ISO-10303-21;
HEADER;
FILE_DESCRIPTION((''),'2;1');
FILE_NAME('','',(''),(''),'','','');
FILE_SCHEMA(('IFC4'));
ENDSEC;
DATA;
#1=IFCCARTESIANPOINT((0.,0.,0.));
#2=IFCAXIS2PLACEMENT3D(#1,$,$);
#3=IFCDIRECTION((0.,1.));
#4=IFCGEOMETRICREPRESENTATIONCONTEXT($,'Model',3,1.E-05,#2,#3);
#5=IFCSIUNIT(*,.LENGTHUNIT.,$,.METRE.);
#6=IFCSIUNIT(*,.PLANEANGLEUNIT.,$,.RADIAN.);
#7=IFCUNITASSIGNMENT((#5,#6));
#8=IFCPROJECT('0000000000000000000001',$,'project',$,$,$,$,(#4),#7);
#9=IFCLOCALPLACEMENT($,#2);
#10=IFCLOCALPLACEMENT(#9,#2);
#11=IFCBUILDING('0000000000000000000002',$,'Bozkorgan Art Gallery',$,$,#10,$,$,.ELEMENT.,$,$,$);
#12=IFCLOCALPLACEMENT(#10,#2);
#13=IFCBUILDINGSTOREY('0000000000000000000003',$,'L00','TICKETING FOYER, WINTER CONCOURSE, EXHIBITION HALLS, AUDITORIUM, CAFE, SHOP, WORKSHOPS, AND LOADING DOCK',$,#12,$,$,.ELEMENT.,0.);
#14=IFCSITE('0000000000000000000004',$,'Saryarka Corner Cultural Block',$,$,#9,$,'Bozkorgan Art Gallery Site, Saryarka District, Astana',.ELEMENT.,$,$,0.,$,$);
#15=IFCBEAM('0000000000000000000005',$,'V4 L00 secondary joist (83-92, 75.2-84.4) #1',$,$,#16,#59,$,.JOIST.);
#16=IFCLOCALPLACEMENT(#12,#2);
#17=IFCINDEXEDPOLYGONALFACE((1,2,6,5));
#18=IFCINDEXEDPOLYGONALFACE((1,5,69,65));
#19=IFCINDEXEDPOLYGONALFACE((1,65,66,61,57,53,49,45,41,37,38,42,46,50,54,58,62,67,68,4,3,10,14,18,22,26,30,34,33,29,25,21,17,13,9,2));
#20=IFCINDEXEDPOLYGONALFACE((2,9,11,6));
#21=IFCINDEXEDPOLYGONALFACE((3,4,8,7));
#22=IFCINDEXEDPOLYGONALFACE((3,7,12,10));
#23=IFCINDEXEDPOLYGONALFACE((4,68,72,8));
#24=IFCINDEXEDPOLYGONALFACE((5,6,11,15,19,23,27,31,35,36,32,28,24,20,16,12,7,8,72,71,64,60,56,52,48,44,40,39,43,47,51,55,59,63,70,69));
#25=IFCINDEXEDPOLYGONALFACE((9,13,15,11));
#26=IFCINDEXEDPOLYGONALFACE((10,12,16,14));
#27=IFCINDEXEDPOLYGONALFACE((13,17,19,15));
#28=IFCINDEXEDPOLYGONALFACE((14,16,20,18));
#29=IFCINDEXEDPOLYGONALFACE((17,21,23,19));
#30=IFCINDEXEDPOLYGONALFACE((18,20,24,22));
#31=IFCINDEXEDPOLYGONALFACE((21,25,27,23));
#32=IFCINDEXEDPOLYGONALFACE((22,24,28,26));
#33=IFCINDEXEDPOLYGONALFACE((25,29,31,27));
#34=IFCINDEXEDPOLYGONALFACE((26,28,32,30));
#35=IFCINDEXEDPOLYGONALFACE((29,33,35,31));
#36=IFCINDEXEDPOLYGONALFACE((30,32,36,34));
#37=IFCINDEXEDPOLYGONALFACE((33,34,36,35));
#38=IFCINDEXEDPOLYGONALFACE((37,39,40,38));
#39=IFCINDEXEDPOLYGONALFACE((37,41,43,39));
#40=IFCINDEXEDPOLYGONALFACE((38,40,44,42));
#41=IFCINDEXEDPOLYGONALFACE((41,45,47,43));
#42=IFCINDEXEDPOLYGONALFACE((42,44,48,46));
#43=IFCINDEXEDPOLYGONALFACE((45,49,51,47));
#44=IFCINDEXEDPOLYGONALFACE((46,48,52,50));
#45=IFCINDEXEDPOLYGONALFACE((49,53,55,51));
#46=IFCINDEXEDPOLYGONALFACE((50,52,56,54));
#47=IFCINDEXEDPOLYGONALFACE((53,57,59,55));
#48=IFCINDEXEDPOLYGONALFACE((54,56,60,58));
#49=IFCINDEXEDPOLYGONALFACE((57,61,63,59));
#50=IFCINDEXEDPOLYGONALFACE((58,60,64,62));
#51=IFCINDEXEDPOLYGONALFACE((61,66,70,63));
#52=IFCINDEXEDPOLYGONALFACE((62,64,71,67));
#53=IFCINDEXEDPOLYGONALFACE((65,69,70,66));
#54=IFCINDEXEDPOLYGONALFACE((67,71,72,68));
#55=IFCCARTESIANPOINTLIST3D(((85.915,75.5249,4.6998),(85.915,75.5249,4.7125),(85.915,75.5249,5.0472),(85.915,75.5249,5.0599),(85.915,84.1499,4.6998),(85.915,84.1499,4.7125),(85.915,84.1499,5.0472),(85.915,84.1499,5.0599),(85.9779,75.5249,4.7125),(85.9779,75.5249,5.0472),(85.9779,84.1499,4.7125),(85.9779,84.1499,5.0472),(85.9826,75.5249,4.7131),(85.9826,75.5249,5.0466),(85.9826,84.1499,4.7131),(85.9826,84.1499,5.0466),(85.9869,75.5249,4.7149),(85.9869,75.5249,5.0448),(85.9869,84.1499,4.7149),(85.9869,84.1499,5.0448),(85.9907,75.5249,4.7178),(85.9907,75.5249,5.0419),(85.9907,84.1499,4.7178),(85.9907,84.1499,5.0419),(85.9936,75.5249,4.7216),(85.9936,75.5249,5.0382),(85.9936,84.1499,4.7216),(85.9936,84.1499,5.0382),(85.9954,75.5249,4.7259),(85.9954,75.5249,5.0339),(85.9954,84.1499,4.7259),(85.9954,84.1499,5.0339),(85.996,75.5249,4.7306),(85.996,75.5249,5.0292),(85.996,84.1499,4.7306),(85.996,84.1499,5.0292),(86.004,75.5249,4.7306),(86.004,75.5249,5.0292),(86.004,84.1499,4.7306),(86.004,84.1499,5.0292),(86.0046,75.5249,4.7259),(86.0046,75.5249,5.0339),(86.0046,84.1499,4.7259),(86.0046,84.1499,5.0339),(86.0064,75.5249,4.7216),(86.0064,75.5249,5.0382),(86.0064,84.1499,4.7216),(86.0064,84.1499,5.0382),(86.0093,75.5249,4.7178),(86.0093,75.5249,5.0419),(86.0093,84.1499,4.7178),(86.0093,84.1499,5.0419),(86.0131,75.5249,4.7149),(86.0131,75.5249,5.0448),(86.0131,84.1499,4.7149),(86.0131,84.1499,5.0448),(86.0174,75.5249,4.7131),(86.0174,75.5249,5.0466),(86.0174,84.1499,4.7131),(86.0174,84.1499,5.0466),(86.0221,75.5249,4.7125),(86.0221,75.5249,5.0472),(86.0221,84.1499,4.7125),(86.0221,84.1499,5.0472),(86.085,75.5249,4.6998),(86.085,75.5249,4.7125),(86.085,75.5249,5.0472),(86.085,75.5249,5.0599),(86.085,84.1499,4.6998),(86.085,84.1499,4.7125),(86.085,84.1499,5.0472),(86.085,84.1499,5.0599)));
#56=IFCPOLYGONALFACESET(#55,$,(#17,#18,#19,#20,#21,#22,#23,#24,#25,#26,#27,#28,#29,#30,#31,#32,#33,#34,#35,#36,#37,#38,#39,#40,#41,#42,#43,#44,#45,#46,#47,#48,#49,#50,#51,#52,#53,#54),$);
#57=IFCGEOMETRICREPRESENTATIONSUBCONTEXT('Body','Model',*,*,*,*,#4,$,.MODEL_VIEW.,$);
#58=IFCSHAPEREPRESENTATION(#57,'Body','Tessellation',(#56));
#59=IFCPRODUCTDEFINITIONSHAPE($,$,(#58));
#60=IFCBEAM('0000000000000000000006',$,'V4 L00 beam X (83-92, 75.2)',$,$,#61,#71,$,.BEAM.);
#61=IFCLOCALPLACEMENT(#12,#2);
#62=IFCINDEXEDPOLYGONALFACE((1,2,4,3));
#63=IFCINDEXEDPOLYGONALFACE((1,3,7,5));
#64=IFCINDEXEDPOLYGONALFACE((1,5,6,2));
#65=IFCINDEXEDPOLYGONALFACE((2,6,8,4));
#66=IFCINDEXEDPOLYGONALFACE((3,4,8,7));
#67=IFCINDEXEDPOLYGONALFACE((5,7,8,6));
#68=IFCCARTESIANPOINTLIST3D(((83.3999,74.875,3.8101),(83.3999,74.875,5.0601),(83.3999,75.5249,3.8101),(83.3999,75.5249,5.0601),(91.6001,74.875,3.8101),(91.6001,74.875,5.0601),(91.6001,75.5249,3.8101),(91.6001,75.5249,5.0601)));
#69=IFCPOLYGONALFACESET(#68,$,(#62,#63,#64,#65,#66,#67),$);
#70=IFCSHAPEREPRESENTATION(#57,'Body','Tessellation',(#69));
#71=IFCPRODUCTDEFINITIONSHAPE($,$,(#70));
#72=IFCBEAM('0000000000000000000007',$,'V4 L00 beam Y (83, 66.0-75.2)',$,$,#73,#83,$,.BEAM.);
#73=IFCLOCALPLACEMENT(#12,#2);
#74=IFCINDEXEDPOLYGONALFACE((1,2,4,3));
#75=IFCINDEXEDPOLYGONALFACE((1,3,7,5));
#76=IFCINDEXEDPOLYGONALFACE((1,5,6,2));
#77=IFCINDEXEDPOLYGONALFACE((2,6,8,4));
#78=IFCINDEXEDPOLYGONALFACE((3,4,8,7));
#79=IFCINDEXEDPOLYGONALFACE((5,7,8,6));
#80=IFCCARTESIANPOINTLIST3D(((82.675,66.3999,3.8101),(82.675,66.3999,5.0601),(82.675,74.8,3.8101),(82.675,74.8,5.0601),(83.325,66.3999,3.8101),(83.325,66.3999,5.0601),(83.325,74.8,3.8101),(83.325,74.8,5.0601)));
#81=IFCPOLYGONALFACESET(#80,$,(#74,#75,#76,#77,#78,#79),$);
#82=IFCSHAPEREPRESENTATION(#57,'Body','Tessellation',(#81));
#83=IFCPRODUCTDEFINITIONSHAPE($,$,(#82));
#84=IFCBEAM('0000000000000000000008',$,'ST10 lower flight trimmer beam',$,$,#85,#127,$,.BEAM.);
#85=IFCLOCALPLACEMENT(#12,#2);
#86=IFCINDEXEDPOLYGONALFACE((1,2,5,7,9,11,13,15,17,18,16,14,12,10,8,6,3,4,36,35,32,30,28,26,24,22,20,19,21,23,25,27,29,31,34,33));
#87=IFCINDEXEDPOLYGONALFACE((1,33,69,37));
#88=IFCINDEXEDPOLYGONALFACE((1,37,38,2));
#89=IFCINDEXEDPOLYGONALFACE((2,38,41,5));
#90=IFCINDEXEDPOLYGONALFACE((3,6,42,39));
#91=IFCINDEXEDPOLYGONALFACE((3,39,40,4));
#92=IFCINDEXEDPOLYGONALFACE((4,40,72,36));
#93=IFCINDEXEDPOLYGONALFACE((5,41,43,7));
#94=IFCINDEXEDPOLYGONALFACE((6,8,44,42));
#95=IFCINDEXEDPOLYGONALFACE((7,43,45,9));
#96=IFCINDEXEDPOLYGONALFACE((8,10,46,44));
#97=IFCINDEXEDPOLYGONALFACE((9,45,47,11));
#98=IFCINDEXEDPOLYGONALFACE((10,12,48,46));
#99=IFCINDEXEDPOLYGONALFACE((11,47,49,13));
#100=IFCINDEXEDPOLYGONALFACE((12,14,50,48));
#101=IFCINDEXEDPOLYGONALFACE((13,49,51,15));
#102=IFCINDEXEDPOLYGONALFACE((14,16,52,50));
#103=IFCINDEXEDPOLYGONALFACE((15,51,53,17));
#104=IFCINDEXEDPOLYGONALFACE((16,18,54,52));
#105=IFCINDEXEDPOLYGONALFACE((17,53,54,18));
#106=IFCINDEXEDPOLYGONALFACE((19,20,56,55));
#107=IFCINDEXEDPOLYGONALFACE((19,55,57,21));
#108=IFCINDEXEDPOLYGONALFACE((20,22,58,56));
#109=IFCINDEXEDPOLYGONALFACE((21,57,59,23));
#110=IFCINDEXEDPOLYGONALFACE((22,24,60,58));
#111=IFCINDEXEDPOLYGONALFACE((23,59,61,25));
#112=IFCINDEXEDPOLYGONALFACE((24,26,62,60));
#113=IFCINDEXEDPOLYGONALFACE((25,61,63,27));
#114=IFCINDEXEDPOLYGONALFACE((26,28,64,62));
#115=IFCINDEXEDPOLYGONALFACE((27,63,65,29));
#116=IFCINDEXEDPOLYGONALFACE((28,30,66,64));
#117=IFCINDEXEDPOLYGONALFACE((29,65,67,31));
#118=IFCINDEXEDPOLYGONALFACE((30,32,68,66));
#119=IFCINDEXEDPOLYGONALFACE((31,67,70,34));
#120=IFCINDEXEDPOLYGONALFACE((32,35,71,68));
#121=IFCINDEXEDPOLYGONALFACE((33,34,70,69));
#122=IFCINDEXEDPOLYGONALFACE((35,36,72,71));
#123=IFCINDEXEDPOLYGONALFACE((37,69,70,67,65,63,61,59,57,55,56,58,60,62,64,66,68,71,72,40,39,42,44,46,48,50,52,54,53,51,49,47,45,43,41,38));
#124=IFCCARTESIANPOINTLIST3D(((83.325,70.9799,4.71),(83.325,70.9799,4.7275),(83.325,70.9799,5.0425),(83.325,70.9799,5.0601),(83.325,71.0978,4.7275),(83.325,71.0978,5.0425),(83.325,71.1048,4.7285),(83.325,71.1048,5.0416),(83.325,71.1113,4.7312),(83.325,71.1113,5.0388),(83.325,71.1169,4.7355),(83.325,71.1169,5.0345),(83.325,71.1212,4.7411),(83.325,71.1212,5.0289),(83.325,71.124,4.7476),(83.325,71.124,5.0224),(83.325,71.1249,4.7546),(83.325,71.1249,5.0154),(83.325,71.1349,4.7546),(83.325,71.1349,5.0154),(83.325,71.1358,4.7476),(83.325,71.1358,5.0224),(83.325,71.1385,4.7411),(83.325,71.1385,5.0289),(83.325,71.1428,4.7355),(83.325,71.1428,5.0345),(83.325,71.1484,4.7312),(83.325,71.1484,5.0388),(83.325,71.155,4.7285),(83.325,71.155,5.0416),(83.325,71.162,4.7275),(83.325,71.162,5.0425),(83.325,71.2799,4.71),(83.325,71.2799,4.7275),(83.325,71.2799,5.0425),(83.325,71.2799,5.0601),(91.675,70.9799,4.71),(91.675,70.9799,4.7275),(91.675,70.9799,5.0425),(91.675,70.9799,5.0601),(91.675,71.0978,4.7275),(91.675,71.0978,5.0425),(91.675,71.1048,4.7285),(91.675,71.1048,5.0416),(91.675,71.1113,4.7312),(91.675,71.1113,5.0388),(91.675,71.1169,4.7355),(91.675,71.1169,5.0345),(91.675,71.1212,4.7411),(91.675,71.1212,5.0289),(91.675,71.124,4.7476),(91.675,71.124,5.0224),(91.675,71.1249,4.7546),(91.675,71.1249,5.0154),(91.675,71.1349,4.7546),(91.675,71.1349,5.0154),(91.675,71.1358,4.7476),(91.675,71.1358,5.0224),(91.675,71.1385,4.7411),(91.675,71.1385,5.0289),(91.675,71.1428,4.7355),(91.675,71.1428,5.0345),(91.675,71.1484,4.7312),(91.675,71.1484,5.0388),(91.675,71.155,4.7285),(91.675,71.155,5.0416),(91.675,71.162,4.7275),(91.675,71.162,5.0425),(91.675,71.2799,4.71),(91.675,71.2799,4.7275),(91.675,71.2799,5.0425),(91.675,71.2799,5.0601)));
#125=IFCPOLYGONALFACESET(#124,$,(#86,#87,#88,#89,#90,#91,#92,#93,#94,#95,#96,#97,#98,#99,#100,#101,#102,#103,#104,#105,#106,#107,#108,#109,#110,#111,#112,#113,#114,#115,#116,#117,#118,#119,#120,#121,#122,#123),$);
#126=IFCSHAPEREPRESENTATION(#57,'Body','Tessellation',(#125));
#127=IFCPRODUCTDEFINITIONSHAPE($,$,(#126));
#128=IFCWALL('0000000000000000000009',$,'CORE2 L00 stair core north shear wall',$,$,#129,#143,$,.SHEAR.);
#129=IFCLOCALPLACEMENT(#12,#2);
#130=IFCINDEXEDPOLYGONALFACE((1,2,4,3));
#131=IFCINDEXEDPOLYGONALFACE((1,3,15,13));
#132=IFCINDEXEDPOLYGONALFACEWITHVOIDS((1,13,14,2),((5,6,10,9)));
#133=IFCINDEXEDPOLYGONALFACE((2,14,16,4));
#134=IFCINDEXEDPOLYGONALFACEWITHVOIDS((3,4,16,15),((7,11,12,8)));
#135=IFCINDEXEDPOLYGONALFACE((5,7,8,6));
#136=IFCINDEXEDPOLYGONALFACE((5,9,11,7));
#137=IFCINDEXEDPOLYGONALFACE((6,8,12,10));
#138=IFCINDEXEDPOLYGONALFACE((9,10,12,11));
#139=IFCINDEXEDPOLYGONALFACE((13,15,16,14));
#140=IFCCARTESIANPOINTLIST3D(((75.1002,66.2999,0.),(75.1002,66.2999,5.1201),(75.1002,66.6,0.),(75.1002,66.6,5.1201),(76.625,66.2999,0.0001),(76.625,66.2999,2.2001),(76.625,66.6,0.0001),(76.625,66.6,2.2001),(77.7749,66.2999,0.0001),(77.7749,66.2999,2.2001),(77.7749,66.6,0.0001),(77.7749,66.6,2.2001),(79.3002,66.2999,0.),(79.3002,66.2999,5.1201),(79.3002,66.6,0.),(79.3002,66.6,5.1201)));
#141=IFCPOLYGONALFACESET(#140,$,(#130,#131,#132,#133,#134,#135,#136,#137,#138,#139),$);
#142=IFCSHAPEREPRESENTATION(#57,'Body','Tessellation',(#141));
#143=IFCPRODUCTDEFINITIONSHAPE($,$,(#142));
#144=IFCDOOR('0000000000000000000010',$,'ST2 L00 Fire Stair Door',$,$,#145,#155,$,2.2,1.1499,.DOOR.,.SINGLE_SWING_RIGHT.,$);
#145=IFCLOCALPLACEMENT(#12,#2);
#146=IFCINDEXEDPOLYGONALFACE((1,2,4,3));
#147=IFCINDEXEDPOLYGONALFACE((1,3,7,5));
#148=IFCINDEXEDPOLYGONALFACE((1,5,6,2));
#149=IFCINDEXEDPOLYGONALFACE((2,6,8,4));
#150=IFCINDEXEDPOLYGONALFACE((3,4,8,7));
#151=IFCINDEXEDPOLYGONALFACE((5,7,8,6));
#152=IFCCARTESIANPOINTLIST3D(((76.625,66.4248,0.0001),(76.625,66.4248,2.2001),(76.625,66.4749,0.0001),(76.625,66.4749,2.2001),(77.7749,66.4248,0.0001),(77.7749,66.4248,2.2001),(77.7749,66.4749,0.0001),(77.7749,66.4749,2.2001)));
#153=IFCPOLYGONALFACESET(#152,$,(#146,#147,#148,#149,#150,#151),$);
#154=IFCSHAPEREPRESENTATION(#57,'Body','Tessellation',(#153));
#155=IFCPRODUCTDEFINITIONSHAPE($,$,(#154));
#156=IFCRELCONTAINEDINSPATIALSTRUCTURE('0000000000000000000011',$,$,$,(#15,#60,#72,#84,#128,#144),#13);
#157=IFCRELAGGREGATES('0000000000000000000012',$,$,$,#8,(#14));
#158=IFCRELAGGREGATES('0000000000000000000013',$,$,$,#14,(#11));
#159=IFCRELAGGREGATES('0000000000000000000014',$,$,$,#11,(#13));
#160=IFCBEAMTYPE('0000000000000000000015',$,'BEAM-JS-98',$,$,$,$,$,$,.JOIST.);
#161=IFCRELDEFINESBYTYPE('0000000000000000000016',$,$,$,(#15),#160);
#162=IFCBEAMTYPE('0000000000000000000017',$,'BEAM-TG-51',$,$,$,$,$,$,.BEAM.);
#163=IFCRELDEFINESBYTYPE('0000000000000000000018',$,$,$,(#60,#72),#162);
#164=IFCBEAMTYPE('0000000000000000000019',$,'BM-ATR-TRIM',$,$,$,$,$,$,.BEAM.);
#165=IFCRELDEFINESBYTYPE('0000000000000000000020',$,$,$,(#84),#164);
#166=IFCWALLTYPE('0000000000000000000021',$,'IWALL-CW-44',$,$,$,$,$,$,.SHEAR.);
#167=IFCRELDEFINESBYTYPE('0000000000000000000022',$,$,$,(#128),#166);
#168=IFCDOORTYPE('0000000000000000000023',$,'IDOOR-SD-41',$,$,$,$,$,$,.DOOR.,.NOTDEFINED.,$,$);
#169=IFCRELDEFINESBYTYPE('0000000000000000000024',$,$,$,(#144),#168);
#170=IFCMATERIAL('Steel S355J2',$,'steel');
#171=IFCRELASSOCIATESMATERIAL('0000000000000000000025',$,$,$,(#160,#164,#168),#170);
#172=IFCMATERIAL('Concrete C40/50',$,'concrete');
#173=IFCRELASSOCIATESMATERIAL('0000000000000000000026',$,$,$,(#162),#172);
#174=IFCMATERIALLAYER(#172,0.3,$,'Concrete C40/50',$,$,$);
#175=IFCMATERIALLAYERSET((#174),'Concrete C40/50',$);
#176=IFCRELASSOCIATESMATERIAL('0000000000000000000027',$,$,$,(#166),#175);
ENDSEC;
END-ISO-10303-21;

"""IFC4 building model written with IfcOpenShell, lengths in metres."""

from ifc_helpers import new_model, si_unit, direction, frame, frame_2d, origin, origin_2d, place, context, subcontext, project, spatial, rectangle, i_section, extrude, material, layer, layer_set, material_profile, profile_set, type_object, element, fill, save


model = new_model("IFC4")

# Units and contexts
model_context = context("Model", 3, precision=1e-05, world=origin(), true_north=direction((0.0, 1.0)))
body_context = subcontext(model_context, "Body", "Model", "MODEL_VIEW")
ifc_project = project(units=[si_unit("LENGTHUNIT", "METRE"), si_unit("PLANEANGLEUNIT", "RADIAN")], contexts=[model_context])

# Site, building, storey
site_placement = place(None, origin())
site = spatial("IfcSite", under=ifc_project, at=site_placement, Name="Saryarka Corner Cultural Block", LongName="Bozkorgan Art Gallery Site, Saryarka District, Astana", CompositionType="ELEMENT", RefElevation=0.0)
building_placement = place(site_placement, origin())
building = spatial("IfcBuilding", under=site, at=building_placement, Name="Bozkorgan Art Gallery", CompositionType="ELEMENT")
storey_placement = place(building_placement, origin())
storey = spatial("IfcBuildingStorey", under=building, at=storey_placement, Name="L00", Description="TICKETING FOYER, WINTER CONCOURSE, EXHIBITION HALLS, AUDITORIUM, CAFE, SHOP, WORKSHOPS, AND LOADING DOCK", CompositionType="ELEMENT", Elevation=0.0)

# Shared definitions
ifc_material_1 = material(Name="Steel S355J2", Category="steel")
ifc_material_2 = material(Name="Concrete C40/50", Category="concrete")

# Beams
ifc_material_profile_1 = material_profile(ifc_material_1, i_section(OverallWidth=0.1699, OverallDepth=0.3601, WebThickness=0.0081, FlangeThickness=0.0127, FilletRadius=0.0181, at=origin_2d()), Name="IPE 360")
ifc_profile_set_1 = profile_set([ifc_material_profile_1], Name="Steel S355J2")
beam_type_1 = type_object("IfcBeamType", Name="BEAM-JS-98", PredefinedType="JOIST", material=ifc_profile_set_1)
beam_1_placement = place(storey_placement, frame((86.0, 75.5249, 4.8799), z_axis=(0.0, 1.0, 0.0), x_axis=(-1.0, 0.0, 0.0)))
element("IfcBeam", 1, at=beam_1_placement, inside=storey, type_object=beam_type_1, Name="V4 L00 secondary joist (83-92, 75.2-84.4) #1", PredefinedType="JOIST", context=body_context, shape_type="SweptSolid", body=[
    extrude(i_section(OverallWidth=0.1699, OverallDepth=0.3601, WebThickness=0.0081, FlangeThickness=0.0127, FilletRadius=0.0181, at=origin_2d()), origin(), (0.0, 0.0, 1.0), 8.625),
])
ifc_material_profile_2 = material_profile(ifc_material_2, rectangle(XDim=0.6499, YDim=1.25, at=origin_2d()), Name="RC 650x1250")
ifc_profile_set_2 = profile_set([ifc_material_profile_2], Name="Concrete C40/50")
beam_type_2 = type_object("IfcBeamType", Name="BEAM-TG-51", PredefinedType="BEAM", material=ifc_profile_set_2)
beam_2_placement = place(storey_placement, frame((83.3999, 75.2, 4.4351), z_axis=(1.0, 0.0, 0.0), x_axis=(0.0, 1.0, 0.0)))
element("IfcBeam", 2, at=beam_2_placement, inside=storey, type_object=beam_type_2, Name="V4 L00 beam X (83-92, 75.2)", PredefinedType="BEAM", context=body_context, shape_type="SweptSolid", body=[
    extrude(rectangle(XDim=0.6499, YDim=1.25, at=origin_2d()), origin(), (0.0, 0.0, 1.0), 8.2002),
])
beam_3_placement = place(storey_placement, frame((83.0, 66.3999, 4.4351), z_axis=(0.0, 1.0, 0.0), x_axis=(-1.0, 0.0, 0.0)))
element("IfcBeam", 3, at=beam_3_placement, inside=storey, type_object=beam_type_2, Name="V4 L00 beam Y (83, 66.0-75.2)", PredefinedType="BEAM", context=body_context, shape_type="SweptSolid", body=[
    extrude(rectangle(XDim=0.6499, YDim=1.25, at=origin_2d()), origin(), (0.0, 0.0, 1.0), 8.4001),
])
ifc_material_profile_3 = material_profile(ifc_material_1, i_section(OverallWidth=0.3, OverallDepth=0.3501, WebThickness=0.01, FlangeThickness=0.0176, FilletRadius=0.0271, at=origin_2d()), Name="HEA 360")
ifc_profile_set_3 = profile_set([ifc_material_profile_3], Name="Steel S355J2")
beam_type_3 = type_object("IfcBeamType", Name="BM-ATR-TRIM", PredefinedType="BEAM", material=ifc_profile_set_3)
beam_4_placement = place(storey_placement, frame((83.325, 71.1299, 4.885), z_axis=(1.0, 0.0, 0.0), x_axis=(0.0, 1.0, 0.0)))
element("IfcBeam", 4, at=beam_4_placement, inside=storey, type_object=beam_type_3, Name="ST10 lower flight trimmer beam", PredefinedType="BEAM", context=body_context, shape_type="SweptSolid", body=[
    extrude(i_section(OverallWidth=0.3, OverallDepth=0.3501, WebThickness=0.01, FlangeThickness=0.0176, FilletRadius=0.0271, at=origin_2d()), origin(), (0.0, 0.0, 1.0), 8.3501),
])

# Wall, opening, door
ifc_layer = layer(ifc_material_2, 0.3, Name="Concrete C40/50")
ifc_layer_set = layer_set([ifc_layer], Name="Concrete C40/50")
wall_type = type_object("IfcWallType", Name="IWALL-CW-44", PredefinedType="SHEAR", material=ifc_layer_set)
wall_1_placement = place(storey_placement, frame((75.1001, 66.45, 0.0), z_axis=(0.0, 0.0, 1.0), x_axis=(1.0, 0.0, 0.0)))
wall_1 = element("IfcWall", 5, at=wall_1_placement, inside=storey, type_object=wall_type, Name="CORE2 L00 stair core north shear wall", PredefinedType="SHEAR", context=body_context, shape_type="SweptSolid", body=[
    extrude(rectangle(XDim=4.2, YDim=0.3, at=frame_2d((2.1001, 0.0))), origin(), (0.0, 0.0, 1.0), 5.1201),
])
opening_1_placement = place(wall_1_placement, frame((1.5249, 0.0, 0.0)))
opening_1 = element("IfcOpeningElement", 6, at=opening_1_placement, cuts=wall_1, PredefinedType="OPENING", context=body_context, shape_type="SweptSolid", body=[
    extrude(rectangle(XDim=1.1499, YDim=2.2, at=frame_2d((0.575, 1.1001))), frame((0.0, 0.1602, 0.0), z_axis=(0.0, -1.0, 0.0), x_axis=(1.0, 0.0, 0.0)), (0.0, 0.0, 1.0), 0.3201),
])
door_type_1 = type_object("IfcDoorType", Name="IDOOR-SD-41", OperationType="NOTDEFINED", PredefinedType="DOOR", material=ifc_material_1)
door_1_placement = place(opening_1_placement, origin())
door_1 = element("IfcDoor", 7, at=door_1_placement, inside=storey, type_object=door_type_1, Name="ST2 L00 Fire Stair Door", OperationType="SINGLE_SWING_RIGHT", OverallHeight=2.2, OverallWidth=1.1499, PredefinedType="DOOR", context=body_context, shape_type="SweptSolid", body=[
    extrude(rectangle(XDim=1.1499, YDim=2.2, at=frame_2d((0.575, 1.1001))), frame((0.0, 0.0249, 0.0), z_axis=(0.0, -1.0, 0.0), x_axis=(1.0, 0.0, 0.0)), (0.0, 0.0, 1.0), 0.05),
])
fill(opening_1, door_1)

save(model, "model.ifc")
